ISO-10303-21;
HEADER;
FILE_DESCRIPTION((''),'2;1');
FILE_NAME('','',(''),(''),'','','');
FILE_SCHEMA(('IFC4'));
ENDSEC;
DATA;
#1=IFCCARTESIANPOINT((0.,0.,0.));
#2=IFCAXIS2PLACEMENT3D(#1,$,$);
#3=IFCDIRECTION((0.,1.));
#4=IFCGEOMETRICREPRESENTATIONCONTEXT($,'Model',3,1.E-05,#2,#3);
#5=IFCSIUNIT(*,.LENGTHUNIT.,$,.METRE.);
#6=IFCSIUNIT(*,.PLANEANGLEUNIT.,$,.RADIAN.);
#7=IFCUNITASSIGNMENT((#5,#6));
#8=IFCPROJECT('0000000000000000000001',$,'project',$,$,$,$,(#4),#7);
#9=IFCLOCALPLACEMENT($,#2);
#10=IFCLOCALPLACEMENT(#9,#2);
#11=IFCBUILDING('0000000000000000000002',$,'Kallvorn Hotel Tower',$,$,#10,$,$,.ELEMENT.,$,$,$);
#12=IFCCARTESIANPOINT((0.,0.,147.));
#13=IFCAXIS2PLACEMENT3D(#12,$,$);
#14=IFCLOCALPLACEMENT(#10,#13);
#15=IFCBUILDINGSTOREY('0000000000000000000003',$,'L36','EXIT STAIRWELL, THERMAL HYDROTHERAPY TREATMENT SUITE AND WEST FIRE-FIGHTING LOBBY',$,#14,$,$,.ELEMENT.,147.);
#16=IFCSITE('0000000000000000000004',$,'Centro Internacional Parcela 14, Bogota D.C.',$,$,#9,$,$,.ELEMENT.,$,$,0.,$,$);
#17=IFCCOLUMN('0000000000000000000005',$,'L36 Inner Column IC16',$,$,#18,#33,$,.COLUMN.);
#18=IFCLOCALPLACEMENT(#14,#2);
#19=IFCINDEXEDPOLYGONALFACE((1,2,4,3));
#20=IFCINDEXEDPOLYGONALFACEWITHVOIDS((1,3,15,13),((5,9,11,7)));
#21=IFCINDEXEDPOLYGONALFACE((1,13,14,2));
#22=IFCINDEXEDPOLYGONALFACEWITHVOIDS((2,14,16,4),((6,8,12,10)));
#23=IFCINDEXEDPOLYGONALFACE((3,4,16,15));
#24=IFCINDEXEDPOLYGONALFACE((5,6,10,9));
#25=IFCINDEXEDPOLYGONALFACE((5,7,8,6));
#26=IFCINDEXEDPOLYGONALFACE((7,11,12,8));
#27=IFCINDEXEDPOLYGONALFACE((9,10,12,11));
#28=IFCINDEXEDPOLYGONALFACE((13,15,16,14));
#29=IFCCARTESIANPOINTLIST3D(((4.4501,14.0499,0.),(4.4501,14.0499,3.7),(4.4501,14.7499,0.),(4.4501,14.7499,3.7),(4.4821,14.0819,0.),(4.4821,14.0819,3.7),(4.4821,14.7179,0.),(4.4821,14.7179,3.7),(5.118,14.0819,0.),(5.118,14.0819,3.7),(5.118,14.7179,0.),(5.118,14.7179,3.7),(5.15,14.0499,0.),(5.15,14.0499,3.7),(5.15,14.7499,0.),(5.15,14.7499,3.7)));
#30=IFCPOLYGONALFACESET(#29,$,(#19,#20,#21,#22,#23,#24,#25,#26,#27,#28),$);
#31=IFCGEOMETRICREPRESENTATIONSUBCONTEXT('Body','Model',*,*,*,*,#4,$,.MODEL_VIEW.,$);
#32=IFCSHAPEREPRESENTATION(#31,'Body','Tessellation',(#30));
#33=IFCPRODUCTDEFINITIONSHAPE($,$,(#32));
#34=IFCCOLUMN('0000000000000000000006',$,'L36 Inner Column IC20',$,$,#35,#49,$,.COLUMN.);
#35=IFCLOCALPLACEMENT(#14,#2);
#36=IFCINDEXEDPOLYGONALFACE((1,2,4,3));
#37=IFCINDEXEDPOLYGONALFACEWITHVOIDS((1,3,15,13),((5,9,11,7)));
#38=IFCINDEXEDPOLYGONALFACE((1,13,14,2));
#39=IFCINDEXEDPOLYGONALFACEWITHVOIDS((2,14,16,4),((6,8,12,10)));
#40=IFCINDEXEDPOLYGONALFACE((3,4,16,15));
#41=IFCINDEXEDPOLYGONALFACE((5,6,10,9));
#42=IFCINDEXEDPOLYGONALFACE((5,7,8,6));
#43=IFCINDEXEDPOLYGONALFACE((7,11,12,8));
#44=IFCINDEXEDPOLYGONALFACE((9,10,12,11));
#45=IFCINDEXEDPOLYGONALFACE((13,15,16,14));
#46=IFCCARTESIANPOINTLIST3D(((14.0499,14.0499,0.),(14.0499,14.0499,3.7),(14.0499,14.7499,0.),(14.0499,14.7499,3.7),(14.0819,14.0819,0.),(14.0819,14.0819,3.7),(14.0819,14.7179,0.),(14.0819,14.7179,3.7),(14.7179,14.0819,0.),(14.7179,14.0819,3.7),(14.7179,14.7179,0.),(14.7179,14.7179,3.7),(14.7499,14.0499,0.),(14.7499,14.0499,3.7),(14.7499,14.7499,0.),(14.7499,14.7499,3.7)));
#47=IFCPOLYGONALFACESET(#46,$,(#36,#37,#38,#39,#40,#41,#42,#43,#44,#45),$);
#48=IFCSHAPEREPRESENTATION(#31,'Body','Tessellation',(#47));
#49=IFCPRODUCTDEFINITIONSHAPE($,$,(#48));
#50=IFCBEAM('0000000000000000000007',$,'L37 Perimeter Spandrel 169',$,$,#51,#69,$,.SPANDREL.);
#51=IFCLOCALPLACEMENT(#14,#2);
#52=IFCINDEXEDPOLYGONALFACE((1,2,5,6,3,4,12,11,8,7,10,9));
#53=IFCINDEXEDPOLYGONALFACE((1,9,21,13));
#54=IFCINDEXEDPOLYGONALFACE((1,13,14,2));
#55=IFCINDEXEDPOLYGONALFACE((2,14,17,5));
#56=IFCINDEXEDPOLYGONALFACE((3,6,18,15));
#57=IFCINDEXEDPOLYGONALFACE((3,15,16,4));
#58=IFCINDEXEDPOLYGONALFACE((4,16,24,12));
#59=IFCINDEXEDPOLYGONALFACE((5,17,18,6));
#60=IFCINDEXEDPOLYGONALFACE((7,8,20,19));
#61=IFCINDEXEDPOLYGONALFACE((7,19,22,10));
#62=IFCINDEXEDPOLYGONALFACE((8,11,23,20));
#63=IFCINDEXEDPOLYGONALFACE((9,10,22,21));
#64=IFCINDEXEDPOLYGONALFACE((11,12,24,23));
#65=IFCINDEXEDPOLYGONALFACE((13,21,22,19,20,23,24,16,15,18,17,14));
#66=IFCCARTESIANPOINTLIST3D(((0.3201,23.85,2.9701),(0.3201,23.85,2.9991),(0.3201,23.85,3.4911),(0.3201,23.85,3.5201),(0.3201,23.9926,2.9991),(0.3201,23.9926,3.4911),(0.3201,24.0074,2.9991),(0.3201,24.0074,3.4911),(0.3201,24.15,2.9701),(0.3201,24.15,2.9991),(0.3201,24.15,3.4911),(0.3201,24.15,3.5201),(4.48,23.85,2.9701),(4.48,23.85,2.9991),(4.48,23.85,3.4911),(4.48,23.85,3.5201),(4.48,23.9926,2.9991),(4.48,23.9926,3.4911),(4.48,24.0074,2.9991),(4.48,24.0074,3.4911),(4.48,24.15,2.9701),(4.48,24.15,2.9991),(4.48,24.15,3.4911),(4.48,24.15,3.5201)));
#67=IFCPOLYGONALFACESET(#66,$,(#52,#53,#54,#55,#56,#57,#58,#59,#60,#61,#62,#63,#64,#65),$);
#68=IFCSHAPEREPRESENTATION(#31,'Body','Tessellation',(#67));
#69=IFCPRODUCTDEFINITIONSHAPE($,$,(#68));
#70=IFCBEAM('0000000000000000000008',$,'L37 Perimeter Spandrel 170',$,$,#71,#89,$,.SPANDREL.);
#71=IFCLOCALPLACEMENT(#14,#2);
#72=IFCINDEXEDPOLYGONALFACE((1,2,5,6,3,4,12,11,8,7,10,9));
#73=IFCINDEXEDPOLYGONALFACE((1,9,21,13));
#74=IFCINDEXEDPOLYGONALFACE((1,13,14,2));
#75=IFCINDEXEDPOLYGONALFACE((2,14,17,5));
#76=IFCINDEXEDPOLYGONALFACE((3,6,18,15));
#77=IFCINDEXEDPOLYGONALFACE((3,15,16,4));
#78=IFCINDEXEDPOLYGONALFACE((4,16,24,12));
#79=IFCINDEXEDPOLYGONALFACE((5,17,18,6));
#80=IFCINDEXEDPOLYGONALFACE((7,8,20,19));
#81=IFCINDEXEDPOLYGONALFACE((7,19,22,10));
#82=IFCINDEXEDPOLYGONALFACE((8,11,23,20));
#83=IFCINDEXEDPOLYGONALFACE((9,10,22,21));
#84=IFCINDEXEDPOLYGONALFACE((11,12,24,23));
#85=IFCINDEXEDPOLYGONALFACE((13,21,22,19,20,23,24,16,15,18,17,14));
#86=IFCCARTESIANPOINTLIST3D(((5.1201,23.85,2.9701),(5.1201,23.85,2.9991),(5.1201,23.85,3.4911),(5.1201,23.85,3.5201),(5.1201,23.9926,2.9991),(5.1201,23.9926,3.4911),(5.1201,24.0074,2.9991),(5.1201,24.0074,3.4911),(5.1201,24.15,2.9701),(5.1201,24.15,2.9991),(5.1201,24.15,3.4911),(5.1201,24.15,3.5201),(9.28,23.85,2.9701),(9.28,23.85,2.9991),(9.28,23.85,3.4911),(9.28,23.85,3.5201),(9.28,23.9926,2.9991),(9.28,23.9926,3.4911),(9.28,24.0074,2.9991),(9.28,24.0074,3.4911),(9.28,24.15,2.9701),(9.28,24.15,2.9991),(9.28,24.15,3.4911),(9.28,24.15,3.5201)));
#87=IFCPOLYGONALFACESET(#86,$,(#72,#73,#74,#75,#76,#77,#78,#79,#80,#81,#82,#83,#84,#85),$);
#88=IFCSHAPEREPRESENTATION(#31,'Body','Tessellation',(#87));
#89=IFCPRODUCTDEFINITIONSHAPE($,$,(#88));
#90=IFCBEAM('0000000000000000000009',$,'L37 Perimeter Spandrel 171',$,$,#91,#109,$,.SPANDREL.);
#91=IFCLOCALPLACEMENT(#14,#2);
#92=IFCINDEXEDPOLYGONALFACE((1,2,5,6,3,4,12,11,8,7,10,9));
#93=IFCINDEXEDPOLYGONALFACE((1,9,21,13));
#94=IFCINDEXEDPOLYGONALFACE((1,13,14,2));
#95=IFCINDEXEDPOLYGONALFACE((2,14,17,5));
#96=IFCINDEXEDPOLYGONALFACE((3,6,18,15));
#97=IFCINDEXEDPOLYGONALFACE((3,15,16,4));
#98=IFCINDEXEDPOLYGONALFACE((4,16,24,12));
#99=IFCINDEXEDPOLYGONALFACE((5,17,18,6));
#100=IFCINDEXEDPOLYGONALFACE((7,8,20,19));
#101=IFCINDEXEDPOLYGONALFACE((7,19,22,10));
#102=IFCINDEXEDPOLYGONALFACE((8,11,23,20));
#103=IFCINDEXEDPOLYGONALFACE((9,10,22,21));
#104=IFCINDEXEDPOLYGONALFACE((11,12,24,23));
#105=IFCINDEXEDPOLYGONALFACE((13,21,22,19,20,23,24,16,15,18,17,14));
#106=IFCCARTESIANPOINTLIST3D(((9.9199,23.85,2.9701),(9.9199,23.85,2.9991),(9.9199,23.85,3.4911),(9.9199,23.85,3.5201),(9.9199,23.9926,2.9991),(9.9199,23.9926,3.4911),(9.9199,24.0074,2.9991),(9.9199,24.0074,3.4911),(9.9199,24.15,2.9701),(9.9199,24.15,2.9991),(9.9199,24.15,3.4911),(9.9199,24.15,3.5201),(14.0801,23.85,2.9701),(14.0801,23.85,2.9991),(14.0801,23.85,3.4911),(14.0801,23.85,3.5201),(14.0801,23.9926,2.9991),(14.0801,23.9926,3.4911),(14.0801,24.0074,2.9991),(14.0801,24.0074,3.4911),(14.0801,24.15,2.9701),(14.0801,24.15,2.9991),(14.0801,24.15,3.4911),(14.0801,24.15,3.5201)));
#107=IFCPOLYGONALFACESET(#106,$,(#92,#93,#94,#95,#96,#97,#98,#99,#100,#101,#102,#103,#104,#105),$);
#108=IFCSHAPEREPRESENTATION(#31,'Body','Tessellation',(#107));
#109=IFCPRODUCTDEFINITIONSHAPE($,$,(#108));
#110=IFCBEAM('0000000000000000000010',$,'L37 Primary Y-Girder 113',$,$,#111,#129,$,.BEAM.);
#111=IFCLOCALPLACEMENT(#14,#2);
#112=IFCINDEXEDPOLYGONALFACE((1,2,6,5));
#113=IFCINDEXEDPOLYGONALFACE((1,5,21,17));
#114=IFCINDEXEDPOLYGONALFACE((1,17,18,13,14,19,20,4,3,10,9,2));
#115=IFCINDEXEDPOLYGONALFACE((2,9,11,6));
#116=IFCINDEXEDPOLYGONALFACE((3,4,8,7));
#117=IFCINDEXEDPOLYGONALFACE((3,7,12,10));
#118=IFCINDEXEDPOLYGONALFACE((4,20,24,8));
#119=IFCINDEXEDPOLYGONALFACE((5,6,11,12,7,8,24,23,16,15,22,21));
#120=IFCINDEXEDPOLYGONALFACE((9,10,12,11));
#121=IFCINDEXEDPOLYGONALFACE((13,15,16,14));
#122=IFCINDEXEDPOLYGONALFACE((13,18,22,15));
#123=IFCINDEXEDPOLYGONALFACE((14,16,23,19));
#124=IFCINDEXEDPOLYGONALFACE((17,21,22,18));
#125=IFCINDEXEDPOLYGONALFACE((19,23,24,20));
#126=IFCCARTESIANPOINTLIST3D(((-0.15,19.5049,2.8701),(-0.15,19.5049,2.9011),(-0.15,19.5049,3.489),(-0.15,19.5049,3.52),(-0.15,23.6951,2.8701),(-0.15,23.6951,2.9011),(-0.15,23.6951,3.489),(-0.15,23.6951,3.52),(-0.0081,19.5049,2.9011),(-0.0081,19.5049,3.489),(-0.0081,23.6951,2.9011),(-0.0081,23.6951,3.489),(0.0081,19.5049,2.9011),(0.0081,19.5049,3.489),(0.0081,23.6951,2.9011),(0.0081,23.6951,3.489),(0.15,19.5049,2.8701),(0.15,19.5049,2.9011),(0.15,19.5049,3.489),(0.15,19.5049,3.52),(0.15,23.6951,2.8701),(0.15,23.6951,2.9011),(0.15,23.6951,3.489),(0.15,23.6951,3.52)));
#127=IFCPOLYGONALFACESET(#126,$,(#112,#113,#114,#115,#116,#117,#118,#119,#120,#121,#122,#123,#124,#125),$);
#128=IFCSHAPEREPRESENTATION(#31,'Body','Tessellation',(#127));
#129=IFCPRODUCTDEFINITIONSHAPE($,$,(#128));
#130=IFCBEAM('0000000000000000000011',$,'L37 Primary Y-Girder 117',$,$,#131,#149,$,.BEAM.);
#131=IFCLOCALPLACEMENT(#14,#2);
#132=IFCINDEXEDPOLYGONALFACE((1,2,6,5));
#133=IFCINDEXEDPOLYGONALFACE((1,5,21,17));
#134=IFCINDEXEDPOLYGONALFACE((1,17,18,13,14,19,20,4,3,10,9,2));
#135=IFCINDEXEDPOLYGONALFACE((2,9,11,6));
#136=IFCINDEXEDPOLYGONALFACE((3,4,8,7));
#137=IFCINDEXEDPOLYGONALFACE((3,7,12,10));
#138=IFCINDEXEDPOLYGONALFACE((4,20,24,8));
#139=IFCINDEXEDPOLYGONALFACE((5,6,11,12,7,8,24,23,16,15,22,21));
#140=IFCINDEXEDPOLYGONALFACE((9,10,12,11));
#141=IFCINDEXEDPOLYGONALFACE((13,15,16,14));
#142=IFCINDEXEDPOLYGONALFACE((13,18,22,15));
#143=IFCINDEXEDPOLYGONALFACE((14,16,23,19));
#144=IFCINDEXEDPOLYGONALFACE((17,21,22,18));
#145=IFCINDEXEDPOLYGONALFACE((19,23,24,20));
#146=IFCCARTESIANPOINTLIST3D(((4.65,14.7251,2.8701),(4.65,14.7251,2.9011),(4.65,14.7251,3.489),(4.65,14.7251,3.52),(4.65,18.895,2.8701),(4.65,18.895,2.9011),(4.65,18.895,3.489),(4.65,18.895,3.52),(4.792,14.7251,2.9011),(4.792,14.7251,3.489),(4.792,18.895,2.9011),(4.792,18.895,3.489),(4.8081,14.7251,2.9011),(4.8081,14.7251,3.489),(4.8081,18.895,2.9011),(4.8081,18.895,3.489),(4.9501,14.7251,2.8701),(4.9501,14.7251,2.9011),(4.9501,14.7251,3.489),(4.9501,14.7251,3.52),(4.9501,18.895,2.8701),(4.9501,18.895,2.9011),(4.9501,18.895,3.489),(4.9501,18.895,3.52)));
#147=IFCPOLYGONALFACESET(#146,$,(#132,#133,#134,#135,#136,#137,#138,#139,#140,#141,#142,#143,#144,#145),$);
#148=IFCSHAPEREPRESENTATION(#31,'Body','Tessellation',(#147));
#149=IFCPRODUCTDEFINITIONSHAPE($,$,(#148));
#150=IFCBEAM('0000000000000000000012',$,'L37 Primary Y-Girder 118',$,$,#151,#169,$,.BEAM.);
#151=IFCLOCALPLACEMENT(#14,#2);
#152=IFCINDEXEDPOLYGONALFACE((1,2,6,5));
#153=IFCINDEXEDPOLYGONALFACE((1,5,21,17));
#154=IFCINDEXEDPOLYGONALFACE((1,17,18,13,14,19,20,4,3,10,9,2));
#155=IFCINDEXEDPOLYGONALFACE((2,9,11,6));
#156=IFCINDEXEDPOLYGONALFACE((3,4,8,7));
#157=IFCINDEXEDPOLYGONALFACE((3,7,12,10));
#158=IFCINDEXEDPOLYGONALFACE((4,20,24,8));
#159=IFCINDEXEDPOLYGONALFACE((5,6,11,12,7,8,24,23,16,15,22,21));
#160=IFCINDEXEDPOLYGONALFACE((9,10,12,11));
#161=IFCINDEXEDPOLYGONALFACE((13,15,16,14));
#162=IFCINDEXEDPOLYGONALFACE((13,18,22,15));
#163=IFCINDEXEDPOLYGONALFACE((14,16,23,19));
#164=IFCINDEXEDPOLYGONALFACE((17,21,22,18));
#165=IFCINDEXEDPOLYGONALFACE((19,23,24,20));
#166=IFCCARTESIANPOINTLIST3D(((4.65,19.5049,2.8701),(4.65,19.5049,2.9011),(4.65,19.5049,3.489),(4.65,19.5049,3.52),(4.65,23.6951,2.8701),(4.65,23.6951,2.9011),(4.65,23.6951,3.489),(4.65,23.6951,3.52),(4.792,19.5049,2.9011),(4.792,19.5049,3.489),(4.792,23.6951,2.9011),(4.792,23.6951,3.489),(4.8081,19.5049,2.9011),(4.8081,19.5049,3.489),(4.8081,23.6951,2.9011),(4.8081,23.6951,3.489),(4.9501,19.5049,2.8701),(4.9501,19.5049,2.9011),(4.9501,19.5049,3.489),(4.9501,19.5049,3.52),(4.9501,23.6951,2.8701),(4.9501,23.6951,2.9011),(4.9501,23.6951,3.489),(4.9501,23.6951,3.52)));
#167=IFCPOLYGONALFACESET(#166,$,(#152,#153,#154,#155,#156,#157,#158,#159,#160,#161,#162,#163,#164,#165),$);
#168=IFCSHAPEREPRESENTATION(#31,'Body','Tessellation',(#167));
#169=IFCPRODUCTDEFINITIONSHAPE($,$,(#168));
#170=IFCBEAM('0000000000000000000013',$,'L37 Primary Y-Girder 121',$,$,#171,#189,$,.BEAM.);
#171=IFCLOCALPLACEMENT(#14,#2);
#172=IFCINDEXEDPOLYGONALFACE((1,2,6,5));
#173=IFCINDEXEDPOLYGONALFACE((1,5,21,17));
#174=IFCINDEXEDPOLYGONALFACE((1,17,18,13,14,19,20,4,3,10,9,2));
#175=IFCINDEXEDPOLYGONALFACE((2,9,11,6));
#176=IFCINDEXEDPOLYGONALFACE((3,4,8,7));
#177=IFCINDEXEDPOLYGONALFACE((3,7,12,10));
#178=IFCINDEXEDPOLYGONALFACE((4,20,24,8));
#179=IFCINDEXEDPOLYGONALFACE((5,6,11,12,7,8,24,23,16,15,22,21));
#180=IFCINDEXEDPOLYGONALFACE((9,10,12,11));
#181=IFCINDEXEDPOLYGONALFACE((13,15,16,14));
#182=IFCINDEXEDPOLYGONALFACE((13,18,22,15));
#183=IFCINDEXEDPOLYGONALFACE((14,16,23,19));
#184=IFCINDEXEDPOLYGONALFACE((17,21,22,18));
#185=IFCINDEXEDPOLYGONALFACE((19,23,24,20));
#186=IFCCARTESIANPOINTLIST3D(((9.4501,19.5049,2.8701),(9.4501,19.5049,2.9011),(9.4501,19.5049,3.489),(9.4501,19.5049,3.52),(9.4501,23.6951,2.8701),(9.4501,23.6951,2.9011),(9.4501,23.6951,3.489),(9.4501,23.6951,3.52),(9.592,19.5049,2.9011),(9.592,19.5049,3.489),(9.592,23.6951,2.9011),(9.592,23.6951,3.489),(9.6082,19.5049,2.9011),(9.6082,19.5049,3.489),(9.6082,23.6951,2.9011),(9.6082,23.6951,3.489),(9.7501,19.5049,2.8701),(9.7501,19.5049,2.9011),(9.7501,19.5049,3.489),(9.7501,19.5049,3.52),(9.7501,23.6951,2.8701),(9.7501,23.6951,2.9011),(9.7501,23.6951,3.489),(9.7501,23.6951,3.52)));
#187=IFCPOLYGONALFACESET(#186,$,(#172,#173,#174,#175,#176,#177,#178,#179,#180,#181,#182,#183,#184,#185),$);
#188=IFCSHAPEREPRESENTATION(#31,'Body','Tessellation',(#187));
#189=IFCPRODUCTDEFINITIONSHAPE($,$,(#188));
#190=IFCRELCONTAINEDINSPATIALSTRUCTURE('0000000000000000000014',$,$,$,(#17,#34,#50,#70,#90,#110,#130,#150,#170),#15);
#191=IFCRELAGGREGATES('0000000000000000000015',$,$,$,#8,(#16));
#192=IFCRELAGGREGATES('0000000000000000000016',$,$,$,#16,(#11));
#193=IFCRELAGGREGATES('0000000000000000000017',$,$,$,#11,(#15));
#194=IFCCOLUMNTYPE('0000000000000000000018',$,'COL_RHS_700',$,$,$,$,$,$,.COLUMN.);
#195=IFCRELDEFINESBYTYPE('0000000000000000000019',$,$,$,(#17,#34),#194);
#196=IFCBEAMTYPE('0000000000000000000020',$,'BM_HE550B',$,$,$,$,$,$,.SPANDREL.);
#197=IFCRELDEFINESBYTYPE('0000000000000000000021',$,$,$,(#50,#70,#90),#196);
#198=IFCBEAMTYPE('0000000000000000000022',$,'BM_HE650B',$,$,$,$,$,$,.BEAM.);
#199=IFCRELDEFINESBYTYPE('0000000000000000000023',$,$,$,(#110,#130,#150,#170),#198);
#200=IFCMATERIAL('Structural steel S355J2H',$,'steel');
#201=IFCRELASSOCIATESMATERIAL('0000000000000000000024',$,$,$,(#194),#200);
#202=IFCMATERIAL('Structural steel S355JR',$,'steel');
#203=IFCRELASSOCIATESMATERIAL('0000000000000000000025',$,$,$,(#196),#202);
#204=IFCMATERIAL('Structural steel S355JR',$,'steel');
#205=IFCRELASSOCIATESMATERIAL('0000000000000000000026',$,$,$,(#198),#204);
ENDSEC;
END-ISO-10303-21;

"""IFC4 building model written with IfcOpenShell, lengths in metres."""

from ifc_helpers import new_model, si_unit, direction, frame, origin, origin_2d, place, context, subcontext, project, spatial, hollow_rectangle, i_section, extrude, material, material_profile, profile_set, type_object, element, save


model = new_model("IFC4")

# Units and contexts
model_context = context("Model", 3, precision=1e-05, world=origin(), true_north=direction((0.0, 1.0)))
body_context = subcontext(model_context, "Body", "Model", "MODEL_VIEW")
ifc_project = project(units=[si_unit("LENGTHUNIT", "METRE"), si_unit("PLANEANGLEUNIT", "RADIAN")], contexts=[model_context])

# Site, building, storey
site_placement = place(None, origin())
site = spatial("IfcSite", under=ifc_project, at=site_placement, Name="Centro Internacional Parcela 14, Bogota D.C.", CompositionType="ELEMENT", RefElevation=0.0)
building_placement = place(site_placement, origin())
building = spatial("IfcBuilding", under=site, at=building_placement, Name="Kallvorn Hotel Tower", CompositionType="ELEMENT")
storey_placement = place(building_placement, frame((0.0, 0.0, 147.0)))
storey = spatial("IfcBuildingStorey", under=building, at=storey_placement, Name="L36", Description="EXIT STAIRWELL, THERMAL HYDROTHERAPY TREATMENT SUITE AND WEST FIRE-FIGHTING LOBBY", CompositionType="ELEMENT", Elevation=147.0)

# Columns
ifc_material_1 = material(Name="Structural steel S355J2H", Category="steel")
ifc_material_profile_1 = material_profile(ifc_material_1, hollow_rectangle(XDim=0.7, YDim=0.7, WallThickness=0.032, at=origin_2d()), Name="RHS 700x700x32")
ifc_profile_set_1 = profile_set([ifc_material_profile_1], Name="Structural steel S355J2H")
column_type_1 = type_object("IfcColumnType", Name="COL_RHS_700", PredefinedType="COLUMN", material=ifc_profile_set_1)
for number, where, z_axis, x_axis, name in (
    (1, (4.8, 14.3999, 0.0), (0.0, 0.0, 1.0), (1.0, 0.0, 0.0), "L36 Inner Column IC16"),
    (2, (14.3999, 14.3999, 0.0), (0.0, 0.0, 1.0), (1.0, 0.0, 0.0), "L36 Inner Column IC20"),
):
    element("IfcColumn", number, at=place(storey_placement, frame(where, z_axis=z_axis, x_axis=x_axis)), inside=storey, type_object=column_type_1, Name=name, PredefinedType="COLUMN", context=body_context, shape_type="SweptSolid", body=[
        extrude(hollow_rectangle(XDim=0.7, YDim=0.7, WallThickness=0.032, at=origin_2d()), origin(), (0.0, 0.0, 1.0), 3.7),
    ])

# Beams
ifc_material_2 = material(Name="Structural steel S355JR", Category="steel")
ifc_material_profile_2 = material_profile(ifc_material_2, i_section(OverallWidth=0.3, OverallDepth=0.55, WebThickness=0.0149, FlangeThickness=0.0291, at=origin_2d()), Name="HE 550 B")
ifc_profile_set_2 = profile_set([ifc_material_profile_2], Name="Structural steel S355JR")
beam_type_1 = type_object("IfcBeamType", Name="BM_HE550B", PredefinedType="SPANDREL", material=ifc_profile_set_2)
for number, where, z_axis, x_axis, name in (
    (3, (0.3201, 24.0, 3.2451), (1.0, 0.0, 0.0), (0.0, 1.0, 0.0), "L37 Perimeter Spandrel 169"),
    (4, (5.1201, 24.0, 3.2451), (1.0, 0.0, 0.0), (0.0, 1.0, 0.0), "L37 Perimeter Spandrel 170"),
):
    element("IfcBeam", number, at=place(storey_placement, frame(where, z_axis=z_axis, x_axis=x_axis)), inside=storey, type_object=beam_type_1, Name=name, PredefinedType="SPANDREL", context=body_context, shape_type="SweptSolid", body=[
        extrude(i_section(OverallWidth=0.3, OverallDepth=0.55, WebThickness=0.0149, FlangeThickness=0.0291, at=origin_2d()), origin(), (0.0, 0.0, 1.0), 4.1599),
    ])
beam_1_placement = place(storey_placement, frame((9.9199, 24.0, 3.2451), z_axis=(1.0, 0.0, 0.0), x_axis=(0.0, 1.0, 0.0)))
element("IfcBeam", 5, at=beam_1_placement, inside=storey, type_object=beam_type_1, Name="L37 Perimeter Spandrel 171", PredefinedType="SPANDREL", context=body_context, shape_type="SweptSolid", body=[
    extrude(i_section(OverallWidth=0.3, OverallDepth=0.55, WebThickness=0.0149, FlangeThickness=0.0291, at=origin_2d()), origin(), (0.0, 0.0, 1.0), 4.1602),
])
ifc_material_3 = material(Name="Structural steel S355JR", Category="steel")
ifc_material_profile_3 = material_profile(ifc_material_3, i_section(OverallWidth=0.3, OverallDepth=0.6499, WebThickness=0.0161, FlangeThickness=0.031, at=origin_2d()), Name="HE 650 B")
ifc_profile_set_3 = profile_set([ifc_material_profile_3], Name="Structural steel S355JR")
beam_type_2 = type_object("IfcBeamType", Name="BM_HE650B", PredefinedType="BEAM", material=ifc_profile_set_3)
beam_2_placement = place(storey_placement, frame((0.0, 19.5049, 3.1951), z_axis=(0.0, 1.0, 0.0), x_axis=(-1.0, 0.0, 0.0)))
element("IfcBeam", 6, at=beam_2_placement, inside=storey, type_object=beam_type_2, Name="L37 Primary Y-Girder 113", PredefinedType="BEAM", context=body_context, shape_type="SweptSolid", body=[
    extrude(i_section(OverallWidth=0.3, OverallDepth=0.6499, WebThickness=0.0161, FlangeThickness=0.031, at=origin_2d()), origin(), (0.0, 0.0, 1.0), 4.1902),
])
beam_3_placement = place(storey_placement, frame((4.8, 14.7251, 3.1951), z_axis=(0.0, 1.0, 0.0), x_axis=(-1.0, 0.0, 0.0)))
element("IfcBeam", 7, at=beam_3_placement, inside=storey, type_object=beam_type_2, Name="L37 Primary Y-Girder 117", PredefinedType="BEAM", context=body_context, shape_type="SweptSolid", body=[
    extrude(i_section(OverallWidth=0.3, OverallDepth=0.6499, WebThickness=0.0161, FlangeThickness=0.031, at=origin_2d()), origin(), (0.0, 0.0, 1.0), 4.1699),
])
for number, where, z_axis, x_axis, name in (
    (8, (4.8, 19.5049, 3.1951), (0.0, 1.0, 0.0), (-1.0, 0.0, 0.0), "L37 Primary Y-Girder 118"),
    (9, (9.6001, 19.5049, 3.1951), (0.0, 1.0, 0.0), (-1.0, 0.0, 0.0), "L37 Primary Y-Girder 121"),
):
    element("IfcBeam", number, at=place(storey_placement, frame(where, z_axis=z_axis, x_axis=x_axis)), inside=storey, type_object=beam_type_2, Name=name, PredefinedType="BEAM", context=body_context, shape_type="SweptSolid", body=[
        extrude(i_section(OverallWidth=0.3, OverallDepth=0.6499, WebThickness=0.0161, FlangeThickness=0.031, at=origin_2d()), origin(), (0.0, 0.0, 1.0), 4.1902),
    ])

save(model, "model.ifc")
